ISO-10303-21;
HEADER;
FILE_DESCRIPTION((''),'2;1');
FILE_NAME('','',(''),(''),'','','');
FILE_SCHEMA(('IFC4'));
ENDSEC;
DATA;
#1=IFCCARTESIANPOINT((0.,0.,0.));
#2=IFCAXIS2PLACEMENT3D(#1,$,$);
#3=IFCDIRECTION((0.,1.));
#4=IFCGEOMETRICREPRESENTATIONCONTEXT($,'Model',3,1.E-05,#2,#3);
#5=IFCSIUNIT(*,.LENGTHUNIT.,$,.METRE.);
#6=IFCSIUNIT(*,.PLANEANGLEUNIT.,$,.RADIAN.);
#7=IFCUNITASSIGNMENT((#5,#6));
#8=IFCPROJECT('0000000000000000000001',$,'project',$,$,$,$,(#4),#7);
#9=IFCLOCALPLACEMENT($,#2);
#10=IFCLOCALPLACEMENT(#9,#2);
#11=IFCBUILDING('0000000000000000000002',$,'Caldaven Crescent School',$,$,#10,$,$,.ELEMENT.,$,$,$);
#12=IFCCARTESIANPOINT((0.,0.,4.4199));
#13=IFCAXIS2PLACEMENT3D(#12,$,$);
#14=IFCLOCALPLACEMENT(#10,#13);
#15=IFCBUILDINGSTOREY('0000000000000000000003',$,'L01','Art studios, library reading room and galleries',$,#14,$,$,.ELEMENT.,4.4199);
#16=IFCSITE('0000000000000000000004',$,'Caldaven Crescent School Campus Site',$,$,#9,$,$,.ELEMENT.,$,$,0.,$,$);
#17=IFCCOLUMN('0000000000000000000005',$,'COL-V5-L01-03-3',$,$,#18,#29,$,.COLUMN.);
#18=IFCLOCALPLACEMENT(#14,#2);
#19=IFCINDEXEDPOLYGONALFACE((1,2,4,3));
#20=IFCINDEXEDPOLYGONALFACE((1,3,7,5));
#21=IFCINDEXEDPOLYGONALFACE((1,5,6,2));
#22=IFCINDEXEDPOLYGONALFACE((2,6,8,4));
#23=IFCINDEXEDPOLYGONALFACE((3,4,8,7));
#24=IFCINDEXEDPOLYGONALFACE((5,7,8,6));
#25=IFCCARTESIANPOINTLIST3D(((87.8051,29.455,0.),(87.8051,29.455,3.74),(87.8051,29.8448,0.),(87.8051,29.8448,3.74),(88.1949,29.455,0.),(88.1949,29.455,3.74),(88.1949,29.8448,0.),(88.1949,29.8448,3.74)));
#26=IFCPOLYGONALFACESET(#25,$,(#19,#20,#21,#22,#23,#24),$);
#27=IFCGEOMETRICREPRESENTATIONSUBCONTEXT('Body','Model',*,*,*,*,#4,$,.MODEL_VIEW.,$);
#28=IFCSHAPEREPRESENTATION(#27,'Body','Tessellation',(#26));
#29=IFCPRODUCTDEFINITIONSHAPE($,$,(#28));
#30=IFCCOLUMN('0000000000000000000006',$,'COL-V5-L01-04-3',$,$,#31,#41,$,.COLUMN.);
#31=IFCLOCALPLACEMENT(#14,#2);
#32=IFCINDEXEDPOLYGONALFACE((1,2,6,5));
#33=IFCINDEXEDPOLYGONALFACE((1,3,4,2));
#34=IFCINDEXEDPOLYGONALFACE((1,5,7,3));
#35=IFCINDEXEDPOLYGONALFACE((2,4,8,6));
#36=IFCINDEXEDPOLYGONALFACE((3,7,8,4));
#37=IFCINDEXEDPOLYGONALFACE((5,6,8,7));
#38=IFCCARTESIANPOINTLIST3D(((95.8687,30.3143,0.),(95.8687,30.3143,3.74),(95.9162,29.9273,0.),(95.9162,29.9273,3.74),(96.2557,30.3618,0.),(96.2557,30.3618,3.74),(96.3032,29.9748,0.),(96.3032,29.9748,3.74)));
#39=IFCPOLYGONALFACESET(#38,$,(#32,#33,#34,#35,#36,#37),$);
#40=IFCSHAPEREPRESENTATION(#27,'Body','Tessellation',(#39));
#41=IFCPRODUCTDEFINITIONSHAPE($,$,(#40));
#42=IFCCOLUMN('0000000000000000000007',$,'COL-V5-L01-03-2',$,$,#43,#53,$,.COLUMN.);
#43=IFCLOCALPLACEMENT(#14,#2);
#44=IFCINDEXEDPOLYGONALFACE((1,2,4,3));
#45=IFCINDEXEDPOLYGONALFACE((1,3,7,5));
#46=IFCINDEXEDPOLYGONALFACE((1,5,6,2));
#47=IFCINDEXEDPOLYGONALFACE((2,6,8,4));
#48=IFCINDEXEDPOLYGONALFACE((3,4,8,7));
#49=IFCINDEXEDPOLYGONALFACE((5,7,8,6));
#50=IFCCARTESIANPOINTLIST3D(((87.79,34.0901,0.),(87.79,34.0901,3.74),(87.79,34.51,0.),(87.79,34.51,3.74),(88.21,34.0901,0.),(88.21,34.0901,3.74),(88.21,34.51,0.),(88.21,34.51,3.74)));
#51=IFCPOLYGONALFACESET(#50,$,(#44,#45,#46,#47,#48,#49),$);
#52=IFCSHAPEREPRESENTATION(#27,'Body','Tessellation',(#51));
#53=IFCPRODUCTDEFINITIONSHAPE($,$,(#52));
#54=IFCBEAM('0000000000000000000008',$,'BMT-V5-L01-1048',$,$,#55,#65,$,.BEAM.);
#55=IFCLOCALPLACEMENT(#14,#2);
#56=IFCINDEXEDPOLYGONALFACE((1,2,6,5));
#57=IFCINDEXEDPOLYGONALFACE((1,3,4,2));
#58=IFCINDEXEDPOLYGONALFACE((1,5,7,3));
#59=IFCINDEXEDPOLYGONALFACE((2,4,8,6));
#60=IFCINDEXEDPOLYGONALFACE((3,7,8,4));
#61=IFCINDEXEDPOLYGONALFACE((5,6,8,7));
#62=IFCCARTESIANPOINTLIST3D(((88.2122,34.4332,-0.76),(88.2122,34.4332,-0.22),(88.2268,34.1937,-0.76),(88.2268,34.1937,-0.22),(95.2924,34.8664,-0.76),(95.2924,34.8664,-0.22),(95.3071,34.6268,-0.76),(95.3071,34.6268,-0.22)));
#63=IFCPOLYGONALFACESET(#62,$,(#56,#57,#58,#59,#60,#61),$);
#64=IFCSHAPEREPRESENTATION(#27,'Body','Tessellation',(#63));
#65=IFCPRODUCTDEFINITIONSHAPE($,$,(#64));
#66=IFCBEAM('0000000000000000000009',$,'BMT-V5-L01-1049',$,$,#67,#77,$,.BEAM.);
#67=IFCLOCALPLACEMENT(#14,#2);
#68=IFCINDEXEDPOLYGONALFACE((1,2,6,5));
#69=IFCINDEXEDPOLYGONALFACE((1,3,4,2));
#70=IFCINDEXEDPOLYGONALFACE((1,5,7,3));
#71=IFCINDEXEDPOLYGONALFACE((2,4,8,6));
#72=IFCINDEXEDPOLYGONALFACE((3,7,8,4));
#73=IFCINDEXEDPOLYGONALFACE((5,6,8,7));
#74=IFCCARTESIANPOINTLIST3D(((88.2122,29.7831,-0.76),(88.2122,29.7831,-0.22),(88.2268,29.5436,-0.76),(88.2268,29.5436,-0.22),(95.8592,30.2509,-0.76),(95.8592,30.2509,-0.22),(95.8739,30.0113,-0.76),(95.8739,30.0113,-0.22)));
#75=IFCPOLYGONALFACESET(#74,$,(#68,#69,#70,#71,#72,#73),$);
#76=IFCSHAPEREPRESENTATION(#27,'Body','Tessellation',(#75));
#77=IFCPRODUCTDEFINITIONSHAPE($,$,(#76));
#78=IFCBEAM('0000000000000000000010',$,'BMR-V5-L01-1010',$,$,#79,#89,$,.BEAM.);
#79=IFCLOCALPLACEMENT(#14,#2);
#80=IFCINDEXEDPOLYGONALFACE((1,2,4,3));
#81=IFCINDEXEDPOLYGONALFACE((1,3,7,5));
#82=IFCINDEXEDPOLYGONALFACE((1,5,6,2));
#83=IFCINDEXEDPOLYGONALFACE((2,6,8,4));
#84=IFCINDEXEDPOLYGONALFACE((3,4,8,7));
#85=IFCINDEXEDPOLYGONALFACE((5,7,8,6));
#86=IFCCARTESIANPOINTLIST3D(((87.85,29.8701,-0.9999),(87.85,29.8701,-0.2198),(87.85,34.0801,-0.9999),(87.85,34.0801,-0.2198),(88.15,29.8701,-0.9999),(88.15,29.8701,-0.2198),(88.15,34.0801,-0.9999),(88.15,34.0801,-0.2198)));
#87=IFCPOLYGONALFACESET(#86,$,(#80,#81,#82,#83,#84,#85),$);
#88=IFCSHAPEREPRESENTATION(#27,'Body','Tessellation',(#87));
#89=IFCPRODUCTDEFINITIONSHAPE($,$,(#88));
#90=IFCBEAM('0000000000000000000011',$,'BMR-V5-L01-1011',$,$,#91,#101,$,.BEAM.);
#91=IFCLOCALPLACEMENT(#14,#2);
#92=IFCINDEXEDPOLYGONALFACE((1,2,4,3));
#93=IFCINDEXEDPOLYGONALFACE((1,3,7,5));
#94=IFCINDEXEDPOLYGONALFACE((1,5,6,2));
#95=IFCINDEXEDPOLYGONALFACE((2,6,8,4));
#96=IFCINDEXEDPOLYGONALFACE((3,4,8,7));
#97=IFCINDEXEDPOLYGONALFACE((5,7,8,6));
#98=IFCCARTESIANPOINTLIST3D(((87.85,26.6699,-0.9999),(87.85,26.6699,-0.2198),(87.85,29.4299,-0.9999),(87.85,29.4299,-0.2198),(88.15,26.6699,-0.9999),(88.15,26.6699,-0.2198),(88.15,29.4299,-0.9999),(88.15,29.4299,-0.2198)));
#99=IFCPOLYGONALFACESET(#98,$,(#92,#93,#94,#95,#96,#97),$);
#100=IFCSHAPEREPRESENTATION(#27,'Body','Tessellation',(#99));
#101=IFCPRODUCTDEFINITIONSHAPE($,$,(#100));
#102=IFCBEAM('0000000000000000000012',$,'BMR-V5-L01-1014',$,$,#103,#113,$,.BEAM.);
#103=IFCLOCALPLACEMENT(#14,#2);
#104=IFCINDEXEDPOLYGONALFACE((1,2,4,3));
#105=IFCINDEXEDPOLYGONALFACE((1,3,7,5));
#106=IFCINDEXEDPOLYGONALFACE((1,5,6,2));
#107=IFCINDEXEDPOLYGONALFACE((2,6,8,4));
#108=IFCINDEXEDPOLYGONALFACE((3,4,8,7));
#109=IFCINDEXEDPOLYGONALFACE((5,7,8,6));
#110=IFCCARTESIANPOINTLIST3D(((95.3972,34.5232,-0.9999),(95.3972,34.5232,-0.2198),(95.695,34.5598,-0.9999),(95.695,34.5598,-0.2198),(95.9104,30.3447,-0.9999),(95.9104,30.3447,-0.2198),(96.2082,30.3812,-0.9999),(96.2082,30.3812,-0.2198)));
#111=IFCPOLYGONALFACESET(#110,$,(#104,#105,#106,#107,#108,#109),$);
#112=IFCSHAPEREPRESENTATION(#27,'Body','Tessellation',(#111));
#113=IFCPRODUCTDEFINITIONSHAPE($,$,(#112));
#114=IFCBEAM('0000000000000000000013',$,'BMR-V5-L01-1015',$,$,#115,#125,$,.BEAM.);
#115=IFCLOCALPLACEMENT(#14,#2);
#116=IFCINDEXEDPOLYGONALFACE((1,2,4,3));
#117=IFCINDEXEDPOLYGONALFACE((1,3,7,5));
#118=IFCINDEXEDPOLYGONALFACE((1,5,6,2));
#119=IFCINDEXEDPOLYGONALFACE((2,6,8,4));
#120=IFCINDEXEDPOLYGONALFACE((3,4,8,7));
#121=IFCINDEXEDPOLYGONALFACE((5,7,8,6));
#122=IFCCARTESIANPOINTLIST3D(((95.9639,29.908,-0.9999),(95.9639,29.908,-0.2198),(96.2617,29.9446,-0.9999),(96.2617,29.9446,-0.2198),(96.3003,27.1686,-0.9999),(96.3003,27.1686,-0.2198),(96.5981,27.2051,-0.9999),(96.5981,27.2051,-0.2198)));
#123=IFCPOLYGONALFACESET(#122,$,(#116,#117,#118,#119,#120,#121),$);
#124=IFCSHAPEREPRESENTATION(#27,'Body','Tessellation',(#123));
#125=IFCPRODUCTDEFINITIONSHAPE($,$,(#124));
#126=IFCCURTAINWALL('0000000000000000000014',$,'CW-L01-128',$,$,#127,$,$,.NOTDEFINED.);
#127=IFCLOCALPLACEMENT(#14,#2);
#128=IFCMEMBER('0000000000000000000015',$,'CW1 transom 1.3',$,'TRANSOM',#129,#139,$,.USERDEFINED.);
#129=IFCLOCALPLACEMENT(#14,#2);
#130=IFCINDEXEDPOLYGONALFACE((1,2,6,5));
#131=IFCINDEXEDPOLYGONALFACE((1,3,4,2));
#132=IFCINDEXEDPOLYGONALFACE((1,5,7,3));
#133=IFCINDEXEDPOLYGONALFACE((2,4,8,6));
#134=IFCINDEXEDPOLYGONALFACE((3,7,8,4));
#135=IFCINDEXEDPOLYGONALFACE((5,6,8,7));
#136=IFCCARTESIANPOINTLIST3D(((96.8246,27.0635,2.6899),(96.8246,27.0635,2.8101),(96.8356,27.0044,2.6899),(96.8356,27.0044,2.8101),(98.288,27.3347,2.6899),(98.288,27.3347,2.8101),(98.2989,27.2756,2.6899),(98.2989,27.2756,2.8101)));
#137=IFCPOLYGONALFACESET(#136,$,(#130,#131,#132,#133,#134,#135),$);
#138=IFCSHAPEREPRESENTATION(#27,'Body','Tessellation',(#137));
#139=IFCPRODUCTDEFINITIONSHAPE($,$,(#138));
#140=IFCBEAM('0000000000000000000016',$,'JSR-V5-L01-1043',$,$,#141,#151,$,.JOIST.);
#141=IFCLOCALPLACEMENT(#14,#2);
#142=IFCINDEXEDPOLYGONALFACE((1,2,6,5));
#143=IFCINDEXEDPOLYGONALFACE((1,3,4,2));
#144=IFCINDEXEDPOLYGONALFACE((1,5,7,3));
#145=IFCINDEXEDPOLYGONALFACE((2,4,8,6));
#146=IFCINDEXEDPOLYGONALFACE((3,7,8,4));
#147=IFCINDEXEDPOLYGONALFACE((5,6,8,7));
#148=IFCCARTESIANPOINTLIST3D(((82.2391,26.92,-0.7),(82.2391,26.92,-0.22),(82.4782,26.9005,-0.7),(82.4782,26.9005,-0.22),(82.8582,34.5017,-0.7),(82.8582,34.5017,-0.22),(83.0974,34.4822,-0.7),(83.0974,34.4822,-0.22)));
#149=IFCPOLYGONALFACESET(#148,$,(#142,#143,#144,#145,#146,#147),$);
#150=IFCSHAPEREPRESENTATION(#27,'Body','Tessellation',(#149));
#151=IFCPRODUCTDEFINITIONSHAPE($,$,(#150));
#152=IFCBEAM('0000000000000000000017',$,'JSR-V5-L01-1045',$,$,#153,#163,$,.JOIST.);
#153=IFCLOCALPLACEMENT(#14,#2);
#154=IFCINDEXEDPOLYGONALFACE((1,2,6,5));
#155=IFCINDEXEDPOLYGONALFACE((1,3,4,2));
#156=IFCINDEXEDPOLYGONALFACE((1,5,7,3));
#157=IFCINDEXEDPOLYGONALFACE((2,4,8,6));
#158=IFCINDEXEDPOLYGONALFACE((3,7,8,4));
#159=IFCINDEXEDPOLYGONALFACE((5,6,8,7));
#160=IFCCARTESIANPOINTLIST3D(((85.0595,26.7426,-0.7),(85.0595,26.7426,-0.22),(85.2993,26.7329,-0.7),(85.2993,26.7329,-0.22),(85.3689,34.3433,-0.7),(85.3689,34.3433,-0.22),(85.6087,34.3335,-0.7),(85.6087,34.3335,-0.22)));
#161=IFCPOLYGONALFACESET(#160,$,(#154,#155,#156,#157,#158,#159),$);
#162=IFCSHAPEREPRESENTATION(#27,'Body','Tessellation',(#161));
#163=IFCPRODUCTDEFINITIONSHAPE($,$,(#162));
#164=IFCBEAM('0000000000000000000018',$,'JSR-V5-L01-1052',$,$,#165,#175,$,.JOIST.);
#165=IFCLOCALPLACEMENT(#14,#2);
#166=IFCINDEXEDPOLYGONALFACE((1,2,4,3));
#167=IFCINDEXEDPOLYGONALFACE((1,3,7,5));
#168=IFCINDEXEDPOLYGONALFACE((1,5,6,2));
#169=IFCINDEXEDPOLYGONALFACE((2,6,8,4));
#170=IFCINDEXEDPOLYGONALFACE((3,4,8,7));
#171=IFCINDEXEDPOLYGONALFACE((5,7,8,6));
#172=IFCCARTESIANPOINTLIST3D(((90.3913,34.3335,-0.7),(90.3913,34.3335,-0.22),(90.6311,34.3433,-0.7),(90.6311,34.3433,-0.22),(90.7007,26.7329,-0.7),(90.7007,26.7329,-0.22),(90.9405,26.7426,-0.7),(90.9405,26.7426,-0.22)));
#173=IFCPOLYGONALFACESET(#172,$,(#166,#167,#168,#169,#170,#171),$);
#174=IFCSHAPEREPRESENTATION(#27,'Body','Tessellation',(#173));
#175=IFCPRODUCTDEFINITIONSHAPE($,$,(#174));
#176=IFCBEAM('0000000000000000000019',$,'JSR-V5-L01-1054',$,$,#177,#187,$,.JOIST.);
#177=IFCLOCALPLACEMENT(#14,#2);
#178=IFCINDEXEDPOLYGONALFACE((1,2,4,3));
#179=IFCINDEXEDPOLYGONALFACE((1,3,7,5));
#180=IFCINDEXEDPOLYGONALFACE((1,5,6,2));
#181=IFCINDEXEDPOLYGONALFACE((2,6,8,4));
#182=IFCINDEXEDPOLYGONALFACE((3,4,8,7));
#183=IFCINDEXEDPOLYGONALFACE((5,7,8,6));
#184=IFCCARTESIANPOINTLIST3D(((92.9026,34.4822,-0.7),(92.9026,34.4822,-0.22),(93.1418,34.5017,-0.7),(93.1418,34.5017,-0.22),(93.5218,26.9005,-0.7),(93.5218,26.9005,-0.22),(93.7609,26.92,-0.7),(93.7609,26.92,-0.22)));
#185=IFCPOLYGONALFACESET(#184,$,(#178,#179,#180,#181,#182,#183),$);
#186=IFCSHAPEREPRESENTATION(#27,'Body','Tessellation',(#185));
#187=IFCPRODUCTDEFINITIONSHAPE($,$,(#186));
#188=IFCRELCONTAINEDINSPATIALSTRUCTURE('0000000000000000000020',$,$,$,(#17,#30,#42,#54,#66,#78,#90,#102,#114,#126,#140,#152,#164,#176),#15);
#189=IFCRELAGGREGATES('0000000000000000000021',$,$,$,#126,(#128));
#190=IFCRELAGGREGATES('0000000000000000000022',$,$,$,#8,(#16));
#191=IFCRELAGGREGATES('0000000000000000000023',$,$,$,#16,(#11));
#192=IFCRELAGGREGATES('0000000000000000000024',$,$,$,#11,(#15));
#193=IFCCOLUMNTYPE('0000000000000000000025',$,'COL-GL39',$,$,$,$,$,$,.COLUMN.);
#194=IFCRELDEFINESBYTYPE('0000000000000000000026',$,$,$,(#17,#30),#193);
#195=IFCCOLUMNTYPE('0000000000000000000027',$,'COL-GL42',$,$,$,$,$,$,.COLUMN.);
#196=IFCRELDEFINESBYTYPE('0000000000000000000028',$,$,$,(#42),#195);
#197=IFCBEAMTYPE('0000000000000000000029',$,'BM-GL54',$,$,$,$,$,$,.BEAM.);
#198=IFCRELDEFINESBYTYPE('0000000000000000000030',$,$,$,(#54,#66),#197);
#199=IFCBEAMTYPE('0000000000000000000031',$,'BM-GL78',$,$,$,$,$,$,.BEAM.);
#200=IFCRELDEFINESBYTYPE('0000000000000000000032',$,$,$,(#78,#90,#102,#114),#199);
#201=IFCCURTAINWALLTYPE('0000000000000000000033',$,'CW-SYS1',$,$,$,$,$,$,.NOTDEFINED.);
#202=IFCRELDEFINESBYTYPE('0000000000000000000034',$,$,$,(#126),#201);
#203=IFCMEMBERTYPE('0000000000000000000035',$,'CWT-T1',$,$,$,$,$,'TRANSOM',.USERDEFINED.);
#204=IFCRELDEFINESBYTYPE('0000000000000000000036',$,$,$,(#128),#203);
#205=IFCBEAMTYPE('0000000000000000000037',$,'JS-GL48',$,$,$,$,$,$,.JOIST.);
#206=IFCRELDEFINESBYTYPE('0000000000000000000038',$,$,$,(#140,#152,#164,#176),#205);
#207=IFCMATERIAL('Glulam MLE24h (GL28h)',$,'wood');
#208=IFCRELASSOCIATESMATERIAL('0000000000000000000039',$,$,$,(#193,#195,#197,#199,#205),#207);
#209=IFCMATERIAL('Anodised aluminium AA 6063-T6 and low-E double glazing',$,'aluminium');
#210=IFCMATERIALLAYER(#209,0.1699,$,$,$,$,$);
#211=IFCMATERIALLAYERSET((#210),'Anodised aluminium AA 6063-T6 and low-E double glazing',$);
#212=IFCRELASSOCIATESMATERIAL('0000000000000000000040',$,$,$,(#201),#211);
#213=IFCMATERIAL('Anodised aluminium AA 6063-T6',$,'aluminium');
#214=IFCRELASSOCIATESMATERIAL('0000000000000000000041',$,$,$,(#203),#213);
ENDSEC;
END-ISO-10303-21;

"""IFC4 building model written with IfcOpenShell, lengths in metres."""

from ifc_helpers import new_model, si_unit, direction, frame, origin, origin_2d, place, context, subcontext, project, spatial, rectangle, extrude, material, layer, layer_set, material_profile, profile_set, type_object, element, aggregate, save


model = new_model("IFC4")

# Units and contexts
model_context = context("Model", 3, precision=1e-05, world=origin(), true_north=direction((0.0, 1.0)))
body_context = subcontext(model_context, "Body", "Model", "MODEL_VIEW")
ifc_project = project(units=[si_unit("LENGTHUNIT", "METRE"), si_unit("PLANEANGLEUNIT", "RADIAN")], contexts=[model_context])

# Site, building, storey
site_placement = place(None, origin())
site = spatial("IfcSite", under=ifc_project, at=site_placement, Name="Caldaven Crescent School Campus Site", CompositionType="ELEMENT", RefElevation=0.0)
building_placement = place(site_placement, origin())
building = spatial("IfcBuilding", under=site, at=building_placement, Name="Caldaven Crescent School", CompositionType="ELEMENT")
storey_placement = place(building_placement, frame((0.0, 0.0, 4.4199)))
storey = spatial("IfcBuildingStorey", under=building, at=storey_placement, Name="L01", Description="Art studios, library reading room and galleries", CompositionType="ELEMENT", Elevation=4.4199)

# Columns
ifc_material_1 = material(Name="Glulam MLE24h (GL28h)", Category="wood")
ifc_material_profile_1 = material_profile(ifc_material_1, rectangle(XDim=0.3899, YDim=0.3899, at=origin_2d()), Name="MLE 390x390")
ifc_profile_set_1 = profile_set([ifc_material_profile_1], Name="Glulam MLE24h (GL28h)")
column_type_1 = type_object("IfcColumnType", Name="COL-GL39", PredefinedType="COLUMN", material=ifc_profile_set_1)
for number, where, z_axis, x_axis, name in (
    (1, (88.0, 29.6499, 0.0), (0.0, 0.0, 1.0), (0.0, -1.0, 0.0), "COL-V5-L01-03-3"),
    (2, (96.0859, 30.1445, 0.0), (0.0, 0.0, 1.0), (0.121869, -0.992546, 0.0), "COL-V5-L01-04-3"),
):
    element("IfcColumn", number, at=place(storey_placement, frame(where, z_axis=z_axis, x_axis=x_axis)), inside=storey, type_object=column_type_1, Name=name, PredefinedType="COLUMN", context=body_context, shape_type="SweptSolid", body=[
        extrude(rectangle(XDim=0.3899, YDim=0.3899, at=origin_2d()), origin(), (0.0, 0.0, 1.0), 3.74),
    ])
ifc_material_profile_2 = material_profile(ifc_material_1, rectangle(XDim=0.4199, YDim=0.4199, at=origin_2d()), Name="MLE 420x420")
ifc_profile_set_2 = profile_set([ifc_material_profile_2], Name="Glulam MLE24h (GL28h)")
column_type_2 = type_object("IfcColumnType", Name="COL-GL42", PredefinedType="COLUMN", material=ifc_profile_set_2)
column_placement = place(storey_placement, frame((88.0, 34.3, 0.0), z_axis=(0.0, 0.0, 1.0), x_axis=(0.0, -1.0, 0.0)))
element("IfcColumn", 3, at=column_placement, inside=storey, type_object=column_type_2, Name="COL-V5-L01-03-2", PredefinedType="COLUMN", context=body_context, shape_type="SweptSolid", body=[
    extrude(rectangle(XDim=0.4199, YDim=0.4199, at=origin_2d()), origin(), (0.0, 0.0, 1.0), 3.74),
])

# Beams
ifc_material_profile_3 = material_profile(ifc_material_1, rectangle(XDim=0.24, YDim=0.54, at=origin_2d()), Name="MLE 240x540")
ifc_profile_set_3 = profile_set([ifc_material_profile_3], Name="Glulam MLE24h (GL28h)")
beam_type_1 = type_object("IfcBeamType", Name="BM-GL54", PredefinedType="BEAM", material=ifc_profile_set_3)
beam_1_placement = place(storey_placement, frame((88.2195, 34.3135, -0.49), z_axis=(0.998134, 0.061056, 0.0), x_axis=(-0.061056, 0.998134, 0.0)))
element("IfcBeam", 4, at=beam_1_placement, inside=storey, type_object=beam_type_1, Name="BMT-V5-L01-1048", PredefinedType="BEAM", context=body_context, shape_type="SweptSolid", body=[
    extrude(rectangle(XDim=0.24, YDim=0.54, at=origin_2d()), origin(), (0.0, 0.0, 1.0), 7.0935),
])
beam_2_placement = place(storey_placement, frame((88.2195, 29.6633, -0.49), z_axis=(0.998134, 0.061057, 0.0), x_axis=(-0.061057, 0.998134, 0.0)))
element("IfcBeam", 5, at=beam_2_placement, inside=storey, type_object=beam_type_1, Name="BMT-V5-L01-1049", PredefinedType="BEAM", context=body_context, shape_type="SweptSolid", body=[
    extrude(rectangle(XDim=0.24, YDim=0.54, at=origin_2d()), origin(), (0.0, 0.0, 1.0), 7.6614),
])
ifc_material_profile_4 = material_profile(ifc_material_1, rectangle(XDim=0.3, YDim=0.78, at=origin_2d()), Name="MLE 300x780")
ifc_profile_set_4 = profile_set([ifc_material_profile_4], Name="Glulam MLE24h (GL28h)")
beam_type_2 = type_object("IfcBeamType", Name="BM-GL78", PredefinedType="BEAM", material=ifc_profile_set_4)
beam_3_placement = place(storey_placement, frame((88.0, 34.0801, -0.6099), z_axis=(0.0, -1.0, 0.0), x_axis=(1.0, 0.0, 0.0)))
element("IfcBeam", 6, at=beam_3_placement, inside=storey, type_object=beam_type_2, Name="BMR-V5-L01-1010", PredefinedType="BEAM", context=body_context, shape_type="SweptSolid", body=[
    extrude(rectangle(XDim=0.3, YDim=0.78, at=origin_2d()), origin(), (0.0, 0.0, 1.0), 4.21),
])
beam_4_placement = place(storey_placement, frame((88.0, 29.4299, -0.6099), z_axis=(0.0, -1.0, 0.0), x_axis=(1.0, 0.0, 0.0)))
element("IfcBeam", 7, at=beam_4_placement, inside=storey, type_object=beam_type_2, Name="BMR-V5-L01-1011", PredefinedType="BEAM", context=body_context, shape_type="SweptSolid", body=[
    extrude(rectangle(XDim=0.3, YDim=0.78, at=origin_2d()), origin(), (0.0, 0.0, 1.0), 2.76),
])
beam_5_placement = place(storey_placement, frame((95.5461, 34.5415, -0.6099), z_axis=(0.1219, -0.992542, 0.0), x_axis=(0.992542, 0.1219, 0.0)))
element("IfcBeam", 8, at=beam_5_placement, inside=storey, type_object=beam_type_2, Name="BMR-V5-L01-1014", PredefinedType="BEAM", context=body_context, shape_type="SweptSolid", body=[
    extrude(rectangle(XDim=0.3, YDim=0.78, at=origin_2d()), origin(), (0.0, 0.0, 1.0), 4.21),
])
beam_6_placement = place(storey_placement, frame((96.1128, 29.9263, -0.6099), z_axis=(0.12189, -0.992544, 0.0), x_axis=(0.992544, 0.12189, 0.0)))
element("IfcBeam", 9, at=beam_6_placement, inside=storey, type_object=beam_type_2, Name="BMR-V5-L01-1015", PredefinedType="BEAM", context=body_context, shape_type="SweptSolid", body=[
    extrude(rectangle(XDim=0.3, YDim=0.78, at=origin_2d()), origin(), (0.0, 0.0, 1.0), 2.76),
])

# Curtain wall, member
ifc_material_2 = material(Name="Anodised aluminium AA 6063-T6 and low-E double glazing", Category="aluminium")
ifc_layer_1 = layer(ifc_material_2, 0.1699)
ifc_layer_set_1 = layer_set([ifc_layer_1], Name="Anodised aluminium AA 6063-T6 and low-E double glazing")
curtain_wall_type = type_object("IfcCurtainWallType", Name="CW-SYS1", PredefinedType="NOTDEFINED", material=ifc_layer_set_1)
curtain_wall_placement = place(storey_placement, origin())
curtain_wall = element("IfcCurtainWall", 10, at=curtain_wall_placement, inside=storey, type_object=curtain_wall_type, Name="CW-L01-128", PredefinedType="NOTDEFINED")
ifc_material_3 = material(Name="Anodised aluminium AA 6063-T6", Category="aluminium")
ifc_material_profile_5 = material_profile(ifc_material_3, rectangle(XDim=0.0601, YDim=0.1201, at=origin_2d()), Name="CWT 60x120")
ifc_profile_set_5 = profile_set([ifc_material_profile_5], Name="Anodised aluminium AA 6063-T6")
member_type = type_object("IfcMemberType", Name="CWT-T1", ElementType="TRANSOM", PredefinedType="USERDEFINED", material=ifc_profile_set_5)
member_placement = place(storey_placement, frame((96.8301, 27.0339, 2.75), z_axis=(0.983253, 0.182248, 0.0), x_axis=(-0.182248, 0.983253, 0.0)))
member = element("IfcMember", 11, at=member_placement, type_object=member_type, Name="CW1 transom 1.3", ObjectType="TRANSOM", PredefinedType="USERDEFINED", context=body_context, shape_type="SweptSolid", body=[
    extrude(rectangle(XDim=0.0601, YDim=0.1201, at=origin_2d()), origin(), (0.0, 0.0, 1.0), 1.4883),
])
aggregate(curtain_wall, [member])

# Beams
ifc_material_profile_6 = material_profile(ifc_material_1, rectangle(XDim=0.24, YDim=0.48, at=origin_2d()), Name="MLE 240x480")
ifc_profile_set_6 = profile_set([ifc_material_profile_6], Name="Glulam MLE24h (GL28h)")
beam_type_3 = type_object("IfcBeamType", Name="JS-GL48", PredefinedType="JOIST", material=ifc_profile_set_6)
for number, where, z_axis, x_axis, name in (
    (12, (82.9778, 34.4919, -0.46), (-0.081391, -0.996682, 0.0), (0.996682, -0.081391, 0.0), "JSR-V5-L01-1043"),
    (13, (85.4888, 34.3384, -0.46), (-0.040664, -0.999173, 0.0), (0.999173, -0.040664, 0.0), "JSR-V5-L01-1045"),
    (14, (90.5112, 34.3384, -0.46), (0.040664, -0.999173, 0.0), (0.999173, 0.040664, 0.0), "JSR-V5-L01-1052"),
    (15, (93.0222, 34.4919, -0.46), (0.081391, -0.996682, 0.0), (0.996682, 0.081391, 0.0), "JSR-V5-L01-1054"),
):
    element("IfcBeam", number, at=place(storey_placement, frame(where, z_axis=z_axis, x_axis=x_axis)), inside=storey, type_object=beam_type_3, Name=name, PredefinedType="JOIST", context=body_context, shape_type="SweptSolid", body=[
        extrude(rectangle(XDim=0.24, YDim=0.48, at=origin_2d()), origin(), (0.0, 0.0, 1.0), 7.6069),
    ])

save(model, "model.ifc")
